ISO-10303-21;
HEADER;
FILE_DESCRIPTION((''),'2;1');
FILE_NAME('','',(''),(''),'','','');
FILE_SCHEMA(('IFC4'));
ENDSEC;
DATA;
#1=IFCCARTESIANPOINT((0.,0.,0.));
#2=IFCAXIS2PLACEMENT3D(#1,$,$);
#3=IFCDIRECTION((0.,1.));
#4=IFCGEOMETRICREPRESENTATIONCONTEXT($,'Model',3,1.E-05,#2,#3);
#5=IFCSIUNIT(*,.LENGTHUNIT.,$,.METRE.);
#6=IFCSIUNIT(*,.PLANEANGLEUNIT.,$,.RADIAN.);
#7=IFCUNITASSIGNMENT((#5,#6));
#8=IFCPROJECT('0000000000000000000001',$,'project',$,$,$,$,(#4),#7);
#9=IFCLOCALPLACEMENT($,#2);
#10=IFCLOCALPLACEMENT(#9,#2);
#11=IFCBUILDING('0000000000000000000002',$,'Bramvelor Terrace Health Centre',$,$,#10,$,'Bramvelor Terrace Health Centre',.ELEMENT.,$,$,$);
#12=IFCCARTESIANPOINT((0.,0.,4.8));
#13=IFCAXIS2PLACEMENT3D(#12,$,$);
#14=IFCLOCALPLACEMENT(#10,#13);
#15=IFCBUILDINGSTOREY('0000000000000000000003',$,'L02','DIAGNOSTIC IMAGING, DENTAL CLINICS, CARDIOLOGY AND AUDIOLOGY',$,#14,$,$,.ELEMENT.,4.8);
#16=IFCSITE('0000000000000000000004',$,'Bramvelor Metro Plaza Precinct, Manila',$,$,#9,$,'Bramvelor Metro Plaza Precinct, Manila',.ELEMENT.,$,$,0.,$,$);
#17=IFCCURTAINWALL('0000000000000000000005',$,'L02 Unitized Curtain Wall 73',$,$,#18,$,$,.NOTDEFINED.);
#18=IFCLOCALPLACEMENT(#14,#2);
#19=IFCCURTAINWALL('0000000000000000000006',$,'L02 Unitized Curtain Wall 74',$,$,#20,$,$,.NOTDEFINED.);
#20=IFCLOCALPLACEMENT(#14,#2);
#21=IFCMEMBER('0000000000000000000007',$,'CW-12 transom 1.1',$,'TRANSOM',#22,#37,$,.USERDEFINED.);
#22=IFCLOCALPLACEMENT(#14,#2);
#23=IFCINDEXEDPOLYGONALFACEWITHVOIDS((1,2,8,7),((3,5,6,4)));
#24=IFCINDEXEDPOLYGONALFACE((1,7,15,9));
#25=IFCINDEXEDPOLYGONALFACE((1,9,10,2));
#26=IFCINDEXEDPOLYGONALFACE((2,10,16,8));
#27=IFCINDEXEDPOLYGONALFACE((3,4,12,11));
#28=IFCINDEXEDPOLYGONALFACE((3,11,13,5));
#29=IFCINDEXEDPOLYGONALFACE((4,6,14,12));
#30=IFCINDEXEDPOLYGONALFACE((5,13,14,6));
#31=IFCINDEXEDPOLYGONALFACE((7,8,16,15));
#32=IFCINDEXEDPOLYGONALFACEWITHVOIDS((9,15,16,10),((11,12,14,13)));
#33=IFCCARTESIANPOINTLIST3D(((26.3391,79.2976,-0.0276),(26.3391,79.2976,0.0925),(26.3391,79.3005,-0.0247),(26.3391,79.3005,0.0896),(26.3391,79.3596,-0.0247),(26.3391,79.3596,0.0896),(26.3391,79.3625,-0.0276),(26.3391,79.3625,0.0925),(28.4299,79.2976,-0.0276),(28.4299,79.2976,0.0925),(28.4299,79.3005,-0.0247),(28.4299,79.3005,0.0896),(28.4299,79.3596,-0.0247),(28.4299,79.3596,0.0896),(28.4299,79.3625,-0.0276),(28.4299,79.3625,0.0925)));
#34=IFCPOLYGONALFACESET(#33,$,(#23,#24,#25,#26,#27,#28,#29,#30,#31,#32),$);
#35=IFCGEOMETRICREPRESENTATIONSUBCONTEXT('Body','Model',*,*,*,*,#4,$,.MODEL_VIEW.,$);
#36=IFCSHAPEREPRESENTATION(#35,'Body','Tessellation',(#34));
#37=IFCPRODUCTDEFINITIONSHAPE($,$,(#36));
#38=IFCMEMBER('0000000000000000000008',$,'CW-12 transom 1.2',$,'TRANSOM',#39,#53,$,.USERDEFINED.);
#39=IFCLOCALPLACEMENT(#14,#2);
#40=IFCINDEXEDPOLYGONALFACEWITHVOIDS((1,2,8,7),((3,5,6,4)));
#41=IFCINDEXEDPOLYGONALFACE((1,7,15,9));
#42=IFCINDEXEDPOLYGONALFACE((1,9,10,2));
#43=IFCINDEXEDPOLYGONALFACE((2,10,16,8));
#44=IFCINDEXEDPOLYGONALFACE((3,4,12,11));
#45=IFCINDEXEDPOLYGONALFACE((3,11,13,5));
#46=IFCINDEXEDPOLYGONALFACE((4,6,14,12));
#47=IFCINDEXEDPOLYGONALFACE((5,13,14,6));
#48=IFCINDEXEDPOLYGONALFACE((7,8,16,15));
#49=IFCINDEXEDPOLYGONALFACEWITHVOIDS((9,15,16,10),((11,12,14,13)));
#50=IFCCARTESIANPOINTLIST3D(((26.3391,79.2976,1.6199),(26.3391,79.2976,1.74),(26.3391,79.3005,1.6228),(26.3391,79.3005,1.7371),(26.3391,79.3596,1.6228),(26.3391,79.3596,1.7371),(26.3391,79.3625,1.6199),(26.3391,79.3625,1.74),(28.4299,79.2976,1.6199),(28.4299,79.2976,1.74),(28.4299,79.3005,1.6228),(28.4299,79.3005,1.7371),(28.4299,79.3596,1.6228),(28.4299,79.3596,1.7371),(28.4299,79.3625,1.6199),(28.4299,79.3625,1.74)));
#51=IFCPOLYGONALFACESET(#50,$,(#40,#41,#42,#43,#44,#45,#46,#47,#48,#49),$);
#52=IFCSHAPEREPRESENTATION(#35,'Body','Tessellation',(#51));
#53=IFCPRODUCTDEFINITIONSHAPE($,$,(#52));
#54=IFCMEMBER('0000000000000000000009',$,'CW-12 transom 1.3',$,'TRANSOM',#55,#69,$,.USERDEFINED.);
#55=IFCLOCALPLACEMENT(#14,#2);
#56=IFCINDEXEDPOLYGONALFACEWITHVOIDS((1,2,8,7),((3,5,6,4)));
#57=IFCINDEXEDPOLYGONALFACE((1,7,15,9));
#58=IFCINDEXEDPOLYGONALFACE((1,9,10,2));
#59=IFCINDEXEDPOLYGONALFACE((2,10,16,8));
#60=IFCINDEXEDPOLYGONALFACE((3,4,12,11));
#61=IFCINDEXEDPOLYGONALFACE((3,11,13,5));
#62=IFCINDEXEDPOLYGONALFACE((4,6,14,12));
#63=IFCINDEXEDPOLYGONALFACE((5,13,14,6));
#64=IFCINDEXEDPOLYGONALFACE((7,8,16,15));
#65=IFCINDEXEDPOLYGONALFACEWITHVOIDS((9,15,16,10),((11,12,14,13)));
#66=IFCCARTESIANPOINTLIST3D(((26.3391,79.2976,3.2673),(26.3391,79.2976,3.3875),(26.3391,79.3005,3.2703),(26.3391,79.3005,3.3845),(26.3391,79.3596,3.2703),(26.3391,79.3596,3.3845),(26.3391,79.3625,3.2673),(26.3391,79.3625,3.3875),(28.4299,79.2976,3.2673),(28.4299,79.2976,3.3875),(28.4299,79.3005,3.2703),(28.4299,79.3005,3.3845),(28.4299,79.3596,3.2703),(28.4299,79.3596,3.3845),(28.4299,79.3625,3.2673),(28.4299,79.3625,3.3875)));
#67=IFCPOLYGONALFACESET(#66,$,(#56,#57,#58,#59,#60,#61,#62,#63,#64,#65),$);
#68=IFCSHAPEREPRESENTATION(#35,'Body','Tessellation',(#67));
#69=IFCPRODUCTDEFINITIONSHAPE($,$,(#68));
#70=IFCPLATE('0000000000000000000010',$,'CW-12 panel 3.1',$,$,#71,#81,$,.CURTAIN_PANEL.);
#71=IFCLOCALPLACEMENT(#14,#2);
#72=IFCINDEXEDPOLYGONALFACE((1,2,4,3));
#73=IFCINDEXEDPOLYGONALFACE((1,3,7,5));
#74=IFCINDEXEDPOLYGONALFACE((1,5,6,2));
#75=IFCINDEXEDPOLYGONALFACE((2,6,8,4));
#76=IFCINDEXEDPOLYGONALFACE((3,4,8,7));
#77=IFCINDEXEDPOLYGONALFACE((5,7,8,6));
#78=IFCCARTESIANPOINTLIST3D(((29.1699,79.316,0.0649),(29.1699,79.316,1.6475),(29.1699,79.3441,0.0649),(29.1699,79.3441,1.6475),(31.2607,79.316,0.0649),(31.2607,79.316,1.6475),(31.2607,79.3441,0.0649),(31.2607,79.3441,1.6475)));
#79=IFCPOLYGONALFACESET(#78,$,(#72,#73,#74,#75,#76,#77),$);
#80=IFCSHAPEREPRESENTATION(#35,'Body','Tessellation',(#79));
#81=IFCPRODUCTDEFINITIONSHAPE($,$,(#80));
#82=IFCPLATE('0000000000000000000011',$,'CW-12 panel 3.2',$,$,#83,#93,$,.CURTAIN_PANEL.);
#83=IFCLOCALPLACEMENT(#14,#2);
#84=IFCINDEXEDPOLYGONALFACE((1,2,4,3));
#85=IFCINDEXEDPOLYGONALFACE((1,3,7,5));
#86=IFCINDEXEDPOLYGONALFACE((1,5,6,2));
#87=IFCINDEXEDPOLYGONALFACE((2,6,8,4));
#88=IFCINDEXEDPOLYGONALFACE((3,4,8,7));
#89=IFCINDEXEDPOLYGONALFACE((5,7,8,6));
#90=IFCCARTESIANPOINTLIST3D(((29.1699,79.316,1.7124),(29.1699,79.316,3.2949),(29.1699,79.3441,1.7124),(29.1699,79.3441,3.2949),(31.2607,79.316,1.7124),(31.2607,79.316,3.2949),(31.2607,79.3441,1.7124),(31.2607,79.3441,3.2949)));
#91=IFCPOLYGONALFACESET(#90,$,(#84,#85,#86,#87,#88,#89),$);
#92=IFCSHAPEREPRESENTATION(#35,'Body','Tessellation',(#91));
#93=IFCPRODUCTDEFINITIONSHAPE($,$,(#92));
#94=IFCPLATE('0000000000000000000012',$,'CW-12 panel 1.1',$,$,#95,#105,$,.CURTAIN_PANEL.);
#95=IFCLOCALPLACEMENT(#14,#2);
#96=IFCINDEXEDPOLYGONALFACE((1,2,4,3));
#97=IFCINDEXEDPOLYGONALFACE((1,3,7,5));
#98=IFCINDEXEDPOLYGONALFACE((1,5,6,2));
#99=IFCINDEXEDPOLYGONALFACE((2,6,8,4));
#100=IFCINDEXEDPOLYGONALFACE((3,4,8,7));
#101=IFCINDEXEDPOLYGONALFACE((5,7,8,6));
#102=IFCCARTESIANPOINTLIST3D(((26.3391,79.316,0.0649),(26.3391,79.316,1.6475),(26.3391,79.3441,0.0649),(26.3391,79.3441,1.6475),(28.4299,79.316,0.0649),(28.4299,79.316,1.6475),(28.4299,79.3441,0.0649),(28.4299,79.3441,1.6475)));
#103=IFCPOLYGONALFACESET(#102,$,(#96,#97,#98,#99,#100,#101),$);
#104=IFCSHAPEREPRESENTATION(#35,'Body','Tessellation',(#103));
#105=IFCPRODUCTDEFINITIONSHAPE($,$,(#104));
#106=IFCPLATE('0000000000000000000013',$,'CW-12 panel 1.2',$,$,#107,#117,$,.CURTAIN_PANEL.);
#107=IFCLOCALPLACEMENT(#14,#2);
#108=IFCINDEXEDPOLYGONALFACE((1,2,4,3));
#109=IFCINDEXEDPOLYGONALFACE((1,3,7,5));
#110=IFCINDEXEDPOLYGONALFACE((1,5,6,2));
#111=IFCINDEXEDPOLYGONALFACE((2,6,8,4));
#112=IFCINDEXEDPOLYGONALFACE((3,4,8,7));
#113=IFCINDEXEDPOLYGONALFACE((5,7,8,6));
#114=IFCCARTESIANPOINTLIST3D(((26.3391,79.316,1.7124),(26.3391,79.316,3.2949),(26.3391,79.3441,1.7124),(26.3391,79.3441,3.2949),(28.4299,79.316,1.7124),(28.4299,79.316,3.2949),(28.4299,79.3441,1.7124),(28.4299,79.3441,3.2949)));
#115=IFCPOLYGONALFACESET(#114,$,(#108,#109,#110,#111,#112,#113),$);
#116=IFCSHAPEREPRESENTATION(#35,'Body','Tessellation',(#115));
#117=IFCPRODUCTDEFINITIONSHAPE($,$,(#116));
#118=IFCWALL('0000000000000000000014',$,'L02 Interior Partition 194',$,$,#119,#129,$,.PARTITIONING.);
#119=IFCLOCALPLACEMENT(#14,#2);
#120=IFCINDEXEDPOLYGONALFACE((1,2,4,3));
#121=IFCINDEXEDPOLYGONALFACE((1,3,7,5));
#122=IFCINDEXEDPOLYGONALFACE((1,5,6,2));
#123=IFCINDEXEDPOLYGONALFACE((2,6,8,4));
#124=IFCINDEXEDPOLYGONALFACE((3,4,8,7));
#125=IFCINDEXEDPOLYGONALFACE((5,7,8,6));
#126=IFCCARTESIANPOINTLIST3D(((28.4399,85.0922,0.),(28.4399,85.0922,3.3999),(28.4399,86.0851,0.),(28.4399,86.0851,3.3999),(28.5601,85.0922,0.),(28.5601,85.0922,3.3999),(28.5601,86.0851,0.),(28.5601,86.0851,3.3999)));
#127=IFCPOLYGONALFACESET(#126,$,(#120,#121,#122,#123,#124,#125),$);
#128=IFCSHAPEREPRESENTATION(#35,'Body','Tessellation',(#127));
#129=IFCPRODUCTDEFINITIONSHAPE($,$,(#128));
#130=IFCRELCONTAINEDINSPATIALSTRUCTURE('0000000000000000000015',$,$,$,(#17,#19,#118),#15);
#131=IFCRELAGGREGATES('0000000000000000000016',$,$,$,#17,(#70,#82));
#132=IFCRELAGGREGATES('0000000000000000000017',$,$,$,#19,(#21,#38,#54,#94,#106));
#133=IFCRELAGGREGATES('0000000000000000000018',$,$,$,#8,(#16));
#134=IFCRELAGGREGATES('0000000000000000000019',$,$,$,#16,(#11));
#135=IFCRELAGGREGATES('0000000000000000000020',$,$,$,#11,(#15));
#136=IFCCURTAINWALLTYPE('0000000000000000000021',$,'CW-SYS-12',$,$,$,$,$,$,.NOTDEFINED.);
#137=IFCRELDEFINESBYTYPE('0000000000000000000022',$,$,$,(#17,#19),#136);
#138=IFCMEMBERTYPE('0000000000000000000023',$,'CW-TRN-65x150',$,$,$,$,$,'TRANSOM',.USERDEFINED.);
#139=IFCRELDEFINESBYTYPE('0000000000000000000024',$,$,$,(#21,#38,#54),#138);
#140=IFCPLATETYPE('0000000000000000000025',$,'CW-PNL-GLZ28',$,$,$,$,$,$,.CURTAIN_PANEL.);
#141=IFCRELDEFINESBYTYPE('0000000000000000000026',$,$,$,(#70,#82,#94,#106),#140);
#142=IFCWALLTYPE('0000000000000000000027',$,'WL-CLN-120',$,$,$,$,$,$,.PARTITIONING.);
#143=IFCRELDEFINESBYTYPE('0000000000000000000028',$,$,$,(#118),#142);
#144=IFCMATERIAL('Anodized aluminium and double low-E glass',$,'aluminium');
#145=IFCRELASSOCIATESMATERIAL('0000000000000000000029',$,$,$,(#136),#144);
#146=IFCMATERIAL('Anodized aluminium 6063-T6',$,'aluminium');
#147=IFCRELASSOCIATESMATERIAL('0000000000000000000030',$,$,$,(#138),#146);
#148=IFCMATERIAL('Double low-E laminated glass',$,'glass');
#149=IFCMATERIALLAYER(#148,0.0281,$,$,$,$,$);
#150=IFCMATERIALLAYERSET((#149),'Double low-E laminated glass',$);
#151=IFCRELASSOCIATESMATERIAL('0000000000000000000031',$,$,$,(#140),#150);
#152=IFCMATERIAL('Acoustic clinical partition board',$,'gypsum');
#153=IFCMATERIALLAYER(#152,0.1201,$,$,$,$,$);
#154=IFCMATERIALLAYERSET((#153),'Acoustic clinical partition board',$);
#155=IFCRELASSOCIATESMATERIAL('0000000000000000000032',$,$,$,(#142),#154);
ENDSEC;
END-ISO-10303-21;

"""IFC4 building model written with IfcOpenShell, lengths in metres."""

from ifc_helpers import new_model, si_unit, direction, frame, frame_2d, origin, origin_2d, place, context, subcontext, project, spatial, rectangle, hollow_rectangle, extrude, material, layer, layer_set, material_profile, profile_set, type_object, element, aggregate, save


model = new_model("IFC4")

# Units and contexts
model_context = context("Model", 3, precision=1e-05, world=origin(), true_north=direction((0.0, 1.0)))
body_context = subcontext(model_context, "Body", "Model", "MODEL_VIEW")
ifc_project = project(units=[si_unit("LENGTHUNIT", "METRE"), si_unit("PLANEANGLEUNIT", "RADIAN")], contexts=[model_context])

# Site, building, storey
site_placement = place(None, origin())
site = spatial("IfcSite", under=ifc_project, at=site_placement, Name="Bramvelor Metro Plaza Precinct, Manila", LongName="Bramvelor Metro Plaza Precinct, Manila", CompositionType="ELEMENT", RefElevation=0.0)
building_placement = place(site_placement, origin())
building = spatial("IfcBuilding", under=site, at=building_placement, Name="Bramvelor Terrace Health Centre", LongName="Bramvelor Terrace Health Centre", CompositionType="ELEMENT")
storey_placement = place(building_placement, frame((0.0, 0.0, 4.8)))
storey = spatial("IfcBuildingStorey", under=building, at=storey_placement, Name="L02", Description="DIAGNOSTIC IMAGING, DENTAL CLINICS, CARDIOLOGY AND AUDIOLOGY", CompositionType="ELEMENT", Elevation=4.8)

# Curtain wall
ifc_material_1 = material(Name="Anodized aluminium and double low-E glass", Category="aluminium")
curtain_wall_type = type_object("IfcCurtainWallType", Name="CW-SYS-12", PredefinedType="NOTDEFINED", material=ifc_material_1)
curtain_wall_1_placement = place(storey_placement, origin())
curtain_wall_1 = element("IfcCurtainWall", 1, at=curtain_wall_1_placement, inside=storey, type_object=curtain_wall_type, Name="L02 Unitized Curtain Wall 73", PredefinedType="NOTDEFINED")

# Curtain wall
curtain_wall_2_placement = place(storey_placement, origin())
curtain_wall_2 = element("IfcCurtainWall", 2, at=curtain_wall_2_placement, inside=storey, type_object=curtain_wall_type, Name="L02 Unitized Curtain Wall 74", PredefinedType="NOTDEFINED")

# Members
ifc_material_2 = material(Name="Anodized aluminium 6063-T6", Category="aluminium")
ifc_material_profile_1 = material_profile(ifc_material_2, hollow_rectangle(XDim=0.0649, YDim=0.1201, WallThickness=0.0029, at=origin_2d()), Name="ALU-TRN 65x120x3.0")
ifc_profile_set_1 = profile_set([ifc_material_profile_1], Name="Anodized aluminium 6063-T6")
member_type_1 = type_object("IfcMemberType", Name="CW-TRN-65x150", ElementType="TRANSOM", PredefinedType="USERDEFINED", material=ifc_profile_set_1)
member_1_placement = place(storey_placement, frame((28.4299, 79.3301, 0.0325), z_axis=(-1.0, 0.0, 0.0), x_axis=(0.0, -1.0, 0.0)))
member_1 = element("IfcMember", 3, at=member_1_placement, type_object=member_type_1, Name="CW-12 transom 1.1", ObjectType="TRANSOM", PredefinedType="USERDEFINED", context=body_context, shape_type="SweptSolid", body=[
    extrude(hollow_rectangle(XDim=0.0649, YDim=0.1201, WallThickness=0.0029, at=origin_2d()), origin(), (0.0, 0.0, 1.0), 2.0908),
])
member_2_placement = place(storey_placement, frame((28.4299, 79.3301, 1.6799), z_axis=(-1.0, 0.0, 0.0), x_axis=(0.0, -1.0, 0.0)))
member_2 = element("IfcMember", 4, at=member_2_placement, type_object=member_type_1, Name="CW-12 transom 1.2", ObjectType="TRANSOM", PredefinedType="USERDEFINED", context=body_context, shape_type="SweptSolid", body=[
    extrude(hollow_rectangle(XDim=0.0649, YDim=0.1201, WallThickness=0.0029, at=origin_2d()), origin(), (0.0, 0.0, 1.0), 2.0908),
])
member_3_placement = place(storey_placement, frame((28.4299, 79.3301, 3.3274), z_axis=(-1.0, 0.0, 0.0), x_axis=(0.0, -1.0, 0.0)))
member_3 = element("IfcMember", 5, at=member_3_placement, type_object=member_type_1, Name="CW-12 transom 1.3", ObjectType="TRANSOM", PredefinedType="USERDEFINED", context=body_context, shape_type="SweptSolid", body=[
    extrude(hollow_rectangle(XDim=0.0649, YDim=0.1201, WallThickness=0.0029, at=origin_2d()), origin(), (0.0, 0.0, 1.0), 2.0908),
])

# Plates
ifc_material_3 = material(Name="Double low-E laminated glass", Category="glass")
ifc_layer_1 = layer(ifc_material_3, 0.0281)
ifc_layer_set_1 = layer_set([ifc_layer_1], Name="Double low-E laminated glass")
plate_type = type_object("IfcPlateType", Name="CW-PNL-GLZ28", PredefinedType="CURTAIN_PANEL", material=ifc_layer_set_1)
plate_1_placement = place(storey_placement, frame((30.2153, 79.3301, 0.0649), z_axis=(0.0, 0.0, 1.0), x_axis=(-1.0, 0.0, 0.0)))
plate_1 = element("IfcPlate", 6, at=plate_1_placement, type_object=plate_type, Name="CW-12 panel 3.1", PredefinedType="CURTAIN_PANEL", context=body_context, shape_type="SweptSolid", body=[
    extrude(rectangle(XDim=2.0908, YDim=0.0281, at=origin_2d()), origin(), (0.0, 0.0, 1.0), 1.5825),
])
plate_2_placement = place(storey_placement, frame((30.2153, 79.3301, 1.7124), z_axis=(0.0, 0.0, 1.0), x_axis=(-1.0, 0.0, 0.0)))
plate_2 = element("IfcPlate", 7, at=plate_2_placement, type_object=plate_type, Name="CW-12 panel 3.2", PredefinedType="CURTAIN_PANEL", context=body_context, shape_type="SweptSolid", body=[
    extrude(rectangle(XDim=2.0908, YDim=0.0281, at=origin_2d()), origin(), (0.0, 0.0, 1.0), 1.5825),
])
aggregate(curtain_wall_1, [plate_1, plate_2])
plate_3_placement = place(storey_placement, frame((27.3845, 79.3301, 0.0649), z_axis=(0.0, 0.0, 1.0), x_axis=(-1.0, 0.0, 0.0)))
plate_3 = element("IfcPlate", 8, at=plate_3_placement, type_object=plate_type, Name="CW-12 panel 1.1", PredefinedType="CURTAIN_PANEL", context=body_context, shape_type="SweptSolid", body=[
    extrude(rectangle(XDim=2.0908, YDim=0.0281, at=origin_2d()), origin(), (0.0, 0.0, 1.0), 1.5825),
])
plate_4_placement = place(storey_placement, frame((27.3845, 79.3301, 1.7124), z_axis=(0.0, 0.0, 1.0), x_axis=(-1.0, 0.0, 0.0)))
plate_4 = element("IfcPlate", 9, at=plate_4_placement, type_object=plate_type, Name="CW-12 panel 1.2", PredefinedType="CURTAIN_PANEL", context=body_context, shape_type="SweptSolid", body=[
    extrude(rectangle(XDim=2.0908, YDim=0.0281, at=origin_2d()), origin(), (0.0, 0.0, 1.0), 1.5825),
])
aggregate(curtain_wall_2, [member_1, member_2, member_3, plate_3, plate_4])

# Wall
ifc_material_4 = material(Name="Acoustic clinical partition board", Category="gypsum")
ifc_layer_2 = layer(ifc_material_4, 0.1201)
ifc_layer_set_2 = layer_set([ifc_layer_2], Name="Acoustic clinical partition board")
wall_type = type_object("IfcWallType", Name="WL-CLN-120", PredefinedType="PARTITIONING", material=ifc_layer_set_2)
wall_placement = place(storey_placement, frame((28.5, 85.092, 0.0), z_axis=(0.0, 0.0, 1.0), x_axis=(0.0, 1.0, 0.0)))
element("IfcWall", 10, at=wall_placement, inside=storey, type_object=wall_type, Name="L02 Interior Partition 194", PredefinedType="PARTITIONING", context=body_context, shape_type="SweptSolid", body=[
    extrude(rectangle(XDim=0.9929, YDim=0.1201, at=frame_2d((0.4966, 0.0))), origin(), (0.0, 0.0, 1.0), 3.3999),
])

save(model, "model.ifc")
